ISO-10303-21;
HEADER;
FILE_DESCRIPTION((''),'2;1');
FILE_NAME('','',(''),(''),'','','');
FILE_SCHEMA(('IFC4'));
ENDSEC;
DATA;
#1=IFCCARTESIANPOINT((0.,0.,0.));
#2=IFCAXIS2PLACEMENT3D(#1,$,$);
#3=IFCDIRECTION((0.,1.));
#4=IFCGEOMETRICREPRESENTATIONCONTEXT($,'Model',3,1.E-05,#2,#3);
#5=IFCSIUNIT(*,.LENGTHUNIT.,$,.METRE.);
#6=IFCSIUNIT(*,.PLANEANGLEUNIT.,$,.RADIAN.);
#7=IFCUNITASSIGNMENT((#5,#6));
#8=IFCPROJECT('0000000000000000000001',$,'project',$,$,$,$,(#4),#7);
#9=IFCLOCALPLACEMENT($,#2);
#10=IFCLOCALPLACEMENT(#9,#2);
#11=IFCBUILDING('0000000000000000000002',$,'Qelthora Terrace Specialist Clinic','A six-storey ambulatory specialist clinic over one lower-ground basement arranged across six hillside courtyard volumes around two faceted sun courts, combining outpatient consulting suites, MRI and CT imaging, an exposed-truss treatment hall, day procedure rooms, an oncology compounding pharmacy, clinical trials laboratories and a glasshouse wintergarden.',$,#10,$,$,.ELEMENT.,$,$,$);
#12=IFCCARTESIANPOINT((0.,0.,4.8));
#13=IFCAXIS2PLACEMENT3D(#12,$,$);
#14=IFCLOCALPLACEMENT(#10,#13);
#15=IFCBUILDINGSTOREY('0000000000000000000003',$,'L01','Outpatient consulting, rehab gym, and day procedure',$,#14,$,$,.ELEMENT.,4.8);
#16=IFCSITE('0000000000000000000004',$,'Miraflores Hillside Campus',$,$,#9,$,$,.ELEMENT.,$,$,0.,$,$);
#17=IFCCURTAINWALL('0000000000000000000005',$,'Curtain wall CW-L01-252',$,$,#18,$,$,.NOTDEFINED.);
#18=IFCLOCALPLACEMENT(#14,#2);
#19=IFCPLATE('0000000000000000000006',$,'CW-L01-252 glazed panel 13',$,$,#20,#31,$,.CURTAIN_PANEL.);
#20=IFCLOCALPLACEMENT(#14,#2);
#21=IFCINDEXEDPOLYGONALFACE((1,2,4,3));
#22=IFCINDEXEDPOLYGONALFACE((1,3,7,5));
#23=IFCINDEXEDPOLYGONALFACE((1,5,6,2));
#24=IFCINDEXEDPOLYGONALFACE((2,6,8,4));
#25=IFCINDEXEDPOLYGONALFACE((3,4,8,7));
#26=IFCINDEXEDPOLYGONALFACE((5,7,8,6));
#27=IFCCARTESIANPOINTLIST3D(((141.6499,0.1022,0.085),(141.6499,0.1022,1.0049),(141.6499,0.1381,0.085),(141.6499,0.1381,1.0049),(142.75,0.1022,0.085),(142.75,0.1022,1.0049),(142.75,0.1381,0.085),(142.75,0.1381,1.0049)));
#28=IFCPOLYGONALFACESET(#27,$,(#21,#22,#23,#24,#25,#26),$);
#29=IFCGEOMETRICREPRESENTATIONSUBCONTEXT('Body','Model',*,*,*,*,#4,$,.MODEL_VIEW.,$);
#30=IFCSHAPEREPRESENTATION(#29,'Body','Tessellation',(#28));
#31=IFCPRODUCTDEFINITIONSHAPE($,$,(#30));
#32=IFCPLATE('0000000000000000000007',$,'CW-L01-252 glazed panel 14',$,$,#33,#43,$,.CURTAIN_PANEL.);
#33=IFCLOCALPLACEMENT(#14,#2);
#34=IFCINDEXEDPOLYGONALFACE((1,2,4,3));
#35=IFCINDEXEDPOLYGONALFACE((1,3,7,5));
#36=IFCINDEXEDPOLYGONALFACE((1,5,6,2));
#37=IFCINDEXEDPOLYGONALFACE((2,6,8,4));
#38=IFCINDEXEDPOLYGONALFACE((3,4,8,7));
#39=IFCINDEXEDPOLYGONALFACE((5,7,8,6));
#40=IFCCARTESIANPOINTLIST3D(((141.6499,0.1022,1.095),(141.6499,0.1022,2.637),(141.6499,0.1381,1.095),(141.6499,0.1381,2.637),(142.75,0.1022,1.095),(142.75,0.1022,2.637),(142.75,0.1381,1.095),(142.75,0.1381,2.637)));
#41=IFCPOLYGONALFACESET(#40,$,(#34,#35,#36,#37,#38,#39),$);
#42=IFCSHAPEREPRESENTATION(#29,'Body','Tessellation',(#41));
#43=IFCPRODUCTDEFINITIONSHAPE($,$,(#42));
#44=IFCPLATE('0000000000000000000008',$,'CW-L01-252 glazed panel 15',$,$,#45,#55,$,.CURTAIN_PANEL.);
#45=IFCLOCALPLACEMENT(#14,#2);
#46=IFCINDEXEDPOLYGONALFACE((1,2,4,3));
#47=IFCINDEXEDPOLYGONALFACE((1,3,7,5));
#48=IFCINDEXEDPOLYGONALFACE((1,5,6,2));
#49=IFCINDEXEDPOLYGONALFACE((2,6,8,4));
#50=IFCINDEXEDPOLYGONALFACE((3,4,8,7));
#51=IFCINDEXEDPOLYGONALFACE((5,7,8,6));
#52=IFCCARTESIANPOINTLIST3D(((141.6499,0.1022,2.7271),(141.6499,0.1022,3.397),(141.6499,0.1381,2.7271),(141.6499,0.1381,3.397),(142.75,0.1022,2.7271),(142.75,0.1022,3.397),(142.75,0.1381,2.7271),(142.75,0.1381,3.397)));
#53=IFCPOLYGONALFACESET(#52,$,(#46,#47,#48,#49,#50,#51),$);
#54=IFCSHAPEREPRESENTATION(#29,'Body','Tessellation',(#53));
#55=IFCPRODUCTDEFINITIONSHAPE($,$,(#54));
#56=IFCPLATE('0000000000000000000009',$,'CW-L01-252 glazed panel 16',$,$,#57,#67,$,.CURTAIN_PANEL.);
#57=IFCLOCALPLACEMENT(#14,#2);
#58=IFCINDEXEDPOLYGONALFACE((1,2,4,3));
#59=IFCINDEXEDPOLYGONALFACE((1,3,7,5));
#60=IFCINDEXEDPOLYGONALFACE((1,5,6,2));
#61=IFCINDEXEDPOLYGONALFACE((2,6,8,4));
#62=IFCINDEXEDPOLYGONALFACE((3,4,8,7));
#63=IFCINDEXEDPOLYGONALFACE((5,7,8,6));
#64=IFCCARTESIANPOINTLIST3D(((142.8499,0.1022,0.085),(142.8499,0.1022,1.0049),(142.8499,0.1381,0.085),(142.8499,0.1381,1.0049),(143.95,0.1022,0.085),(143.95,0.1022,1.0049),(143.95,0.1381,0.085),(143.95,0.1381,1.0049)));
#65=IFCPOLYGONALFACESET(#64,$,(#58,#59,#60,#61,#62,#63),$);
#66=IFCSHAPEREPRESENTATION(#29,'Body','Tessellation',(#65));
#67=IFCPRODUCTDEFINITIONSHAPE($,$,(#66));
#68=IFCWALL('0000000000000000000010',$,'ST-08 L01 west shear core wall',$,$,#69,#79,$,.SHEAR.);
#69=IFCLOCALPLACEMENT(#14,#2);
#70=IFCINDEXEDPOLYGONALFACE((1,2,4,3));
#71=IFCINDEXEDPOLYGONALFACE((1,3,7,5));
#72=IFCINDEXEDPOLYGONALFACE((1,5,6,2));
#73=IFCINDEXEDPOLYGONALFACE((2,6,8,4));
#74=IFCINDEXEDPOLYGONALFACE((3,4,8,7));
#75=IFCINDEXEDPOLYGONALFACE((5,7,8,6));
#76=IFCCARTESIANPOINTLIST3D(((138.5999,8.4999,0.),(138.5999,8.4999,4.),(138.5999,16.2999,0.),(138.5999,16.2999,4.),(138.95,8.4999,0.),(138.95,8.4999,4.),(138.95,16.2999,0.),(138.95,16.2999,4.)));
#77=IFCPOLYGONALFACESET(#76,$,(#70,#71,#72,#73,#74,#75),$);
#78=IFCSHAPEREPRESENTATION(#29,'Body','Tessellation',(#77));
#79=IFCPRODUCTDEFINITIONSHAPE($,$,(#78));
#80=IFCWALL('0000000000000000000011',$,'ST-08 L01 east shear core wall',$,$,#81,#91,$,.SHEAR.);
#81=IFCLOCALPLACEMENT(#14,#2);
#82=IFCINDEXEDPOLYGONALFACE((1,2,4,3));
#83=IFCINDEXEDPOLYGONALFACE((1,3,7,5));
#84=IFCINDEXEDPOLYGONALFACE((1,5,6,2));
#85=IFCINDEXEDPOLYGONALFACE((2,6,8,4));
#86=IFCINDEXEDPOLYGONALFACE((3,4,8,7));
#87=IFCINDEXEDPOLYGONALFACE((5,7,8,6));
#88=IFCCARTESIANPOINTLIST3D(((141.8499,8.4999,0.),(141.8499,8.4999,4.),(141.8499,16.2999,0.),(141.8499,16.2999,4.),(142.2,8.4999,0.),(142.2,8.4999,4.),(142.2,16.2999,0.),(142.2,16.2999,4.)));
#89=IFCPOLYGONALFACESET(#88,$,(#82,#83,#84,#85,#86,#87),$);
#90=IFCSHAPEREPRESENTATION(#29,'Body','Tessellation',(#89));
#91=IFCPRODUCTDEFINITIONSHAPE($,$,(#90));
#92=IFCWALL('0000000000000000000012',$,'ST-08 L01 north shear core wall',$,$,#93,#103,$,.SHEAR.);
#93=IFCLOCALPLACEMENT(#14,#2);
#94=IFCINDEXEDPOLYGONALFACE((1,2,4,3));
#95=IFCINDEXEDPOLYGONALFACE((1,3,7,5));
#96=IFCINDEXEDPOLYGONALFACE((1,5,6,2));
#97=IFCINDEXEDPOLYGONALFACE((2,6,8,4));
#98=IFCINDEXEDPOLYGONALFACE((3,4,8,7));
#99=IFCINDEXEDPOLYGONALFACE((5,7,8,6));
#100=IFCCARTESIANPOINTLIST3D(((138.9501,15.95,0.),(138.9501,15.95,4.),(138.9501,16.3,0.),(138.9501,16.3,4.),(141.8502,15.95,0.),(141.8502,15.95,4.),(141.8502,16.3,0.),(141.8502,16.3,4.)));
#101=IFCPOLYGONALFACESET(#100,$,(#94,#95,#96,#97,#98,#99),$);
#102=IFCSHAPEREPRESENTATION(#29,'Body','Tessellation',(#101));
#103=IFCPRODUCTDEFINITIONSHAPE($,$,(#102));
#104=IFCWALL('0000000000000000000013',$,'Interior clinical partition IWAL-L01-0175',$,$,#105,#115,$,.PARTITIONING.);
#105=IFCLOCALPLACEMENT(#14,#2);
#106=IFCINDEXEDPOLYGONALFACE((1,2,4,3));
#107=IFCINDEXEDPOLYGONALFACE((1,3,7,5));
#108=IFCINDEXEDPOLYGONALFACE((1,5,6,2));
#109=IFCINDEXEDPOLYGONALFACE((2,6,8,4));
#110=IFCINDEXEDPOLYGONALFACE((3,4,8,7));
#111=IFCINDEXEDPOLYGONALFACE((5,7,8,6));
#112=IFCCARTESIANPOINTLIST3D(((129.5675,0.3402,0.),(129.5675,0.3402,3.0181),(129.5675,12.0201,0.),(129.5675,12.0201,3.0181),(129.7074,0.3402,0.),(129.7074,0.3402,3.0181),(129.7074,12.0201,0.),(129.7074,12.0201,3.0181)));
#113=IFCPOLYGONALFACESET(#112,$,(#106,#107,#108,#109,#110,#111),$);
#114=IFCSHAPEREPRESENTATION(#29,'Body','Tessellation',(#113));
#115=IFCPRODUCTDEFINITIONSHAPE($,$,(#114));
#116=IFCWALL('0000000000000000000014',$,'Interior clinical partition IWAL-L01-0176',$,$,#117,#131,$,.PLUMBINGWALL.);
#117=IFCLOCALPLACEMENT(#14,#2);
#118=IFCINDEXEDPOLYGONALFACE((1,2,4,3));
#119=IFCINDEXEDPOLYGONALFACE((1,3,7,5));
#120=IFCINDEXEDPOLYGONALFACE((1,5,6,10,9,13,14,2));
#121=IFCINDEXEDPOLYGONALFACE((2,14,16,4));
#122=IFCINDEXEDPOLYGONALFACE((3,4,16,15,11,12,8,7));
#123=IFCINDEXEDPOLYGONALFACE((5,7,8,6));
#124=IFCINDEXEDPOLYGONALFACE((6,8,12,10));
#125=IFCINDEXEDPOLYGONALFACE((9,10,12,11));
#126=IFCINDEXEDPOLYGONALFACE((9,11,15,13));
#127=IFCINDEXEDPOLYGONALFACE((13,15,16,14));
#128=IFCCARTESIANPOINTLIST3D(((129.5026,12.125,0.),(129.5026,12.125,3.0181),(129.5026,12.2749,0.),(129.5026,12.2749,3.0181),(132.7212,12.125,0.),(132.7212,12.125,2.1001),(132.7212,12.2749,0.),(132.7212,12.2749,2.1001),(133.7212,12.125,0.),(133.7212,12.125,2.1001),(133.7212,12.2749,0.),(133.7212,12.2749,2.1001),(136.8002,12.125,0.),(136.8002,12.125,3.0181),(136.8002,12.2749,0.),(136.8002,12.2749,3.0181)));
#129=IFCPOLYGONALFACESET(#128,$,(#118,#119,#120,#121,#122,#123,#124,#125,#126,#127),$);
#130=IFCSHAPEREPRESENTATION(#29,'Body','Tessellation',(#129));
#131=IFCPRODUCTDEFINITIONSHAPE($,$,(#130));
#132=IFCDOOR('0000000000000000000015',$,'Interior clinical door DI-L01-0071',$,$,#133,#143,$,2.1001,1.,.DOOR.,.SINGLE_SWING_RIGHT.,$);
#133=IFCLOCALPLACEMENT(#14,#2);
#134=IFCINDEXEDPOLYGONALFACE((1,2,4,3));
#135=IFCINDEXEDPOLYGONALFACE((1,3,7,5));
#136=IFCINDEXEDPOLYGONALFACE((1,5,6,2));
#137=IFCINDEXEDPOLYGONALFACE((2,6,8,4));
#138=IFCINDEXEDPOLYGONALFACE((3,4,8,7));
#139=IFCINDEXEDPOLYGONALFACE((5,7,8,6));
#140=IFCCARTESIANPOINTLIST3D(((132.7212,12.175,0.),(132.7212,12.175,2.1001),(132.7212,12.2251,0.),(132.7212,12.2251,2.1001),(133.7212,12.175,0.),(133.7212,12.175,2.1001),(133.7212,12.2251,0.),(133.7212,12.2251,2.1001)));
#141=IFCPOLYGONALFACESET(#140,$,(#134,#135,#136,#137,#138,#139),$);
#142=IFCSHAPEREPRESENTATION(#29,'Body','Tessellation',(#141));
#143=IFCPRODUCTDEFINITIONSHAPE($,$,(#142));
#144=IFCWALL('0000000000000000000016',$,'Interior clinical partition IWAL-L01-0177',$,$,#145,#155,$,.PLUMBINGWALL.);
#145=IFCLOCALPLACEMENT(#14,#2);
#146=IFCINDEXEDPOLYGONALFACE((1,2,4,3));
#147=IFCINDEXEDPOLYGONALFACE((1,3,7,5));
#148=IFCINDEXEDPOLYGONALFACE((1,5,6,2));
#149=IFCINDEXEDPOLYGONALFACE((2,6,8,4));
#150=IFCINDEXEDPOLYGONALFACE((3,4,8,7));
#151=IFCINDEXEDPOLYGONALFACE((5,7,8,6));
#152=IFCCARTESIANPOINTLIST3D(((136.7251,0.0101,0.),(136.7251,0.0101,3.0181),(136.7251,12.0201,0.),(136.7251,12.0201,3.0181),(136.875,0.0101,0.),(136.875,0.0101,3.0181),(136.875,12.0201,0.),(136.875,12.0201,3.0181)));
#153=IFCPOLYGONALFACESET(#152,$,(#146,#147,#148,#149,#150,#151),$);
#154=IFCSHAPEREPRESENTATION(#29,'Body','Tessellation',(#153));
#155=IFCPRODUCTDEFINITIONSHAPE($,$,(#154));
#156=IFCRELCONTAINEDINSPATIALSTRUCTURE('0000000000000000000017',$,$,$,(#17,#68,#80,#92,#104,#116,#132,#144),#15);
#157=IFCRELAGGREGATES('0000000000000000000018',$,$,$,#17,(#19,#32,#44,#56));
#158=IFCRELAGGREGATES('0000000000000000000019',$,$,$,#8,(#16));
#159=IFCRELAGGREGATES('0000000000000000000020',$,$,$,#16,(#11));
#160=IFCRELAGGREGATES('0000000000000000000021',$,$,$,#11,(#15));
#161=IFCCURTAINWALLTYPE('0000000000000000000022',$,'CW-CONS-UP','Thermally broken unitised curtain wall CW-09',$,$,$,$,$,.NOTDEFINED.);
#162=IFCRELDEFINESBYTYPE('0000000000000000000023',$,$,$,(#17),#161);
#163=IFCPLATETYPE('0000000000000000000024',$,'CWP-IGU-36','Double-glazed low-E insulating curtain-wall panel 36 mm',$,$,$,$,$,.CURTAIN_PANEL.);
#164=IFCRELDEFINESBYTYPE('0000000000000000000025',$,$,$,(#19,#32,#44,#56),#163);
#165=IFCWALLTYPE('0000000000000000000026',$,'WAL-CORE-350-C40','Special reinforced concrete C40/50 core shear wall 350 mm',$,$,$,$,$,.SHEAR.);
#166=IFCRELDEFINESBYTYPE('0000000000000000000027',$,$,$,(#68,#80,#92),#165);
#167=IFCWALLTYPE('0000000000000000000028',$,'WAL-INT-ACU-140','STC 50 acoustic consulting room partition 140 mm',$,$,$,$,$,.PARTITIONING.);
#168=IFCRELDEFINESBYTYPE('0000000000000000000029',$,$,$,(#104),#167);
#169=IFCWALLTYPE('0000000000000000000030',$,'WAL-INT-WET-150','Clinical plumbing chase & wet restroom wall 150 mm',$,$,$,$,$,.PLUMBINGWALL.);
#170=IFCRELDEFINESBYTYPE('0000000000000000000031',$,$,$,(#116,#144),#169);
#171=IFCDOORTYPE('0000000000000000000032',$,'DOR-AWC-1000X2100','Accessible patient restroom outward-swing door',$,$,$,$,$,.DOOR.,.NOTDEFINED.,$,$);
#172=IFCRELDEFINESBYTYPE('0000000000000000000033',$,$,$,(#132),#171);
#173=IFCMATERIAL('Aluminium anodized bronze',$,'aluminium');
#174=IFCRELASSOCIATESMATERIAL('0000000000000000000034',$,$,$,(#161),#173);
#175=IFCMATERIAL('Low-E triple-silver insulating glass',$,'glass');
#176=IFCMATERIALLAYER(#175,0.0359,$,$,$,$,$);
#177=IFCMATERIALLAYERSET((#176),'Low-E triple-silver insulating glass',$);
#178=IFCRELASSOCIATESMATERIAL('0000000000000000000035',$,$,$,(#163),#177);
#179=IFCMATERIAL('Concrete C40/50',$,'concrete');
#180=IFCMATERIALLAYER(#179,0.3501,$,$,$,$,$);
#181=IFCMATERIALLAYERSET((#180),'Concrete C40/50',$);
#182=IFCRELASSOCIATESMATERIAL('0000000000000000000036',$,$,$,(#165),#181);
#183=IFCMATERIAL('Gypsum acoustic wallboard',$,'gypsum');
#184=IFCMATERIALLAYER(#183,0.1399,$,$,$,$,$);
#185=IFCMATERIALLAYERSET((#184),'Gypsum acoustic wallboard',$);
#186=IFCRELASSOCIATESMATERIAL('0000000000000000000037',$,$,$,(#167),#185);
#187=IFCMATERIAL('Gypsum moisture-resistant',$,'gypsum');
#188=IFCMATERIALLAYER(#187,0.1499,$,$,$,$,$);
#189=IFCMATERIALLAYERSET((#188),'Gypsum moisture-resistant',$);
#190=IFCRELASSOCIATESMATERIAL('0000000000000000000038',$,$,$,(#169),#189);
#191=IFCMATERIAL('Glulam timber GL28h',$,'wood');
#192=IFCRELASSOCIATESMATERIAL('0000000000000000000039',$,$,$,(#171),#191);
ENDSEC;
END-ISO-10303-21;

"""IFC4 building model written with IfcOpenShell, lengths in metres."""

from ifc_helpers import new_model, si_unit, direction, frame, frame_2d, origin, origin_2d, place, context, subcontext, project, spatial, rectangle, extrude, material, layer, layer_set, type_object, element, fill, aggregate, save


model = new_model("IFC4")

# Units and contexts
model_context = context("Model", 3, precision=1e-05, world=origin(), true_north=direction((0.0, 1.0)))
body_context = subcontext(model_context, "Body", "Model", "MODEL_VIEW")
ifc_project = project(units=[si_unit("LENGTHUNIT", "METRE"), si_unit("PLANEANGLEUNIT", "RADIAN")], contexts=[model_context])

# Site, building, storey
site_placement = place(None, origin())
site = spatial("IfcSite", under=ifc_project, at=site_placement, Name="Miraflores Hillside Campus", CompositionType="ELEMENT", RefElevation=0.0)
building_placement = place(site_placement, origin())
building = spatial("IfcBuilding", under=site, at=building_placement, Name="Qelthora Terrace Specialist Clinic", Description="A six-storey ambulatory specialist clinic over one lower-ground basement arranged across six hillside courtyard volumes around two faceted sun courts, combining outpatient consulting suites, MRI and CT imaging, an exposed-truss treatment hall, day procedure rooms, an oncology compounding pharmacy, clinical trials laboratories and a glasshouse wintergarden.", CompositionType="ELEMENT")
storey_placement = place(building_placement, frame((0.0, 0.0, 4.8)))
storey = spatial("IfcBuildingStorey", under=building, at=storey_placement, Name="L01", Description="Outpatient consulting, rehab gym, and day procedure", CompositionType="ELEMENT", Elevation=4.8)

# Curtain wall
ifc_material_1 = material(Name="Aluminium anodized bronze", Category="aluminium")
curtain_wall_type = type_object("IfcCurtainWallType", Name="CW-CONS-UP", Description="Thermally broken unitised curtain wall CW-09", PredefinedType="NOTDEFINED", material=ifc_material_1)
curtain_wall_1_placement = place(storey_placement, origin())
curtain_wall_1 = element("IfcCurtainWall", 1, at=curtain_wall_1_placement, inside=storey, type_object=curtain_wall_type, Name="Curtain wall CW-L01-252", PredefinedType="NOTDEFINED")

# Shared definitions
ifc_material_2 = material(Name="Low-E triple-silver insulating glass", Category="glass")
ifc_layer_1 = layer(ifc_material_2, 0.0359)
ifc_layer_set_1 = layer_set([ifc_layer_1], Name="Low-E triple-silver insulating glass")
plate_type = type_object("IfcPlateType", Name="CWP-IGU-36", Description="Double-glazed low-E insulating curtain-wall panel 36 mm", PredefinedType="CURTAIN_PANEL", material=ifc_layer_set_1)

# Plates
plate_1_placement = place(storey_placement, frame((142.2, 0.1201, 0.085), z_axis=(0.0, 0.0, 1.0), x_axis=(1.0, 0.0, 0.0)))
plate_1 = element("IfcPlate", 2, at=plate_1_placement, type_object=plate_type, Name="CW-L01-252 glazed panel 13", PredefinedType="CURTAIN_PANEL", context=body_context, shape_type="SweptSolid", body=[
    extrude(rectangle(XDim=1.1001, YDim=0.0359, at=origin_2d()), origin(), (0.0, 0.0, 1.0), 0.9199),
])
plate_2_placement = place(storey_placement, frame((142.2, 0.1201, 1.095), z_axis=(0.0, 0.0, 1.0), x_axis=(1.0, 0.0, 0.0)))
plate_2 = element("IfcPlate", 3, at=plate_2_placement, type_object=plate_type, Name="CW-L01-252 glazed panel 14", PredefinedType="CURTAIN_PANEL", context=body_context, shape_type="SweptSolid", body=[
    extrude(rectangle(XDim=1.1001, YDim=0.0359, at=origin_2d()), origin(), (0.0, 0.0, 1.0), 1.542),
])
plate_3_placement = place(storey_placement, frame((142.2, 0.1201, 2.7271), z_axis=(0.0, 0.0, 1.0), x_axis=(1.0, 0.0, 0.0)))
plate_3 = element("IfcPlate", 4, at=plate_3_placement, type_object=plate_type, Name="CW-L01-252 glazed panel 15", PredefinedType="CURTAIN_PANEL", context=body_context, shape_type="SweptSolid", body=[
    extrude(rectangle(XDim=1.1001, YDim=0.0359, at=origin_2d()), origin(), (0.0, 0.0, 1.0), 0.6699),
])
plate_4_placement = place(storey_placement, frame((143.3999, 0.1201, 0.085), z_axis=(0.0, 0.0, 1.0), x_axis=(1.0, 0.0, 0.0)))
plate_4 = element("IfcPlate", 5, at=plate_4_placement, type_object=plate_type, Name="CW-L01-252 glazed panel 16", PredefinedType="CURTAIN_PANEL", context=body_context, shape_type="SweptSolid", body=[
    extrude(rectangle(XDim=1.1001, YDim=0.0359, at=origin_2d()), origin(), (0.0, 0.0, 1.0), 0.9199),
])
aggregate(curtain_wall_1, [plate_1, plate_2, plate_3, plate_4])

# Walls
ifc_material_3 = material(Name="Concrete C40/50", Category="concrete")
ifc_layer_2 = layer(ifc_material_3, 0.3501)
ifc_layer_set_2 = layer_set([ifc_layer_2], Name="Concrete C40/50")
wall_type_1 = type_object("IfcWallType", Name="WAL-CORE-350-C40", Description="Special reinforced concrete C40/50 core shear wall 350 mm", PredefinedType="SHEAR", material=ifc_layer_set_2)
for number, where, z_axis, x_axis, name in (
    (6, (138.7749, 8.5, 0.0), (0.0, 0.0, 1.0), (0.0, 1.0, 0.0), "ST-08 L01 west shear core wall"),
    (7, (142.0249, 8.5, 0.0), (0.0, 0.0, 1.0), (0.0, 1.0, 0.0), "ST-08 L01 east shear core wall"),
):
    element("IfcWall", number, at=place(storey_placement, frame(where, z_axis=z_axis, x_axis=x_axis)), inside=storey, type_object=wall_type_1, Name=name, PredefinedType="SHEAR", context=body_context, shape_type="SweptSolid", body=[
        extrude(rectangle(XDim=7.8, YDim=0.3501, at=frame_2d((3.8999, 0.0))), origin(), (0.0, 0.0, 1.0), 4.0),
    ])
wall_1_placement = place(storey_placement, frame((138.95, 16.125, 0.0), z_axis=(0.0, 0.0, 1.0), x_axis=(1.0, 0.0, 0.0)))
element("IfcWall", 8, at=wall_1_placement, inside=storey, type_object=wall_type_1, Name="ST-08 L01 north shear core wall", PredefinedType="SHEAR", context=body_context, shape_type="SweptSolid", body=[
    extrude(rectangle(XDim=2.9001, YDim=0.3501, at=frame_2d((1.4502, 0.0))), origin(), (0.0, 0.0, 1.0), 4.0),
])

# Wall
ifc_material_4 = material(Name="Gypsum acoustic wallboard", Category="gypsum")
ifc_layer_3 = layer(ifc_material_4, 0.1399)
ifc_layer_set_3 = layer_set([ifc_layer_3], Name="Gypsum acoustic wallboard")
wall_type_2 = type_object("IfcWallType", Name="WAL-INT-ACU-140", Description="STC 50 acoustic consulting room partition 140 mm", PredefinedType="PARTITIONING", material=ifc_layer_set_3)
wall_2_placement = place(storey_placement, frame((129.6375, 12.02, 0.0), z_axis=(0.0, 0.0, 1.0), x_axis=(0.0, -1.0, 0.0)))
element("IfcWall", 9, at=wall_2_placement, inside=storey, type_object=wall_type_2, Name="Interior clinical partition IWAL-L01-0175", PredefinedType="PARTITIONING", context=body_context, shape_type="SweptSolid", body=[
    extrude(rectangle(XDim=11.6799, YDim=0.1399, at=frame_2d((5.8398, 0.0))), origin(), (0.0, 0.0, 1.0), 3.0181),
])

# Wall, opening, door
ifc_material_5 = material(Name="Gypsum moisture-resistant", Category="gypsum")
ifc_layer_4 = layer(ifc_material_5, 0.1499)
ifc_layer_set_4 = layer_set([ifc_layer_4], Name="Gypsum moisture-resistant")
wall_type_3 = type_object("IfcWallType", Name="WAL-INT-WET-150", Description="Clinical plumbing chase & wet restroom wall 150 mm", PredefinedType="PLUMBINGWALL", material=ifc_layer_set_4)
wall_3_placement = place(storey_placement, frame((129.5024, 12.2, 0.0), z_axis=(0.0, 0.0, 1.0), x_axis=(1.0, 0.0, 0.0)))
wall_3 = element("IfcWall", 10, at=wall_3_placement, inside=storey, type_object=wall_type_3, Name="Interior clinical partition IWAL-L01-0176", PredefinedType="PLUMBINGWALL", context=body_context, shape_type="SweptSolid", body=[
    extrude(rectangle(XDim=7.2976, YDim=0.1499, at=frame_2d((3.6489, 0.0))), origin(), (0.0, 0.0, 1.0), 3.0181),
])
opening_1_placement = place(wall_3_placement, frame((3.2188, 0.0, 0.0)))
opening_1 = element("IfcOpeningElement", 11, at=opening_1_placement, cuts=wall_3, PredefinedType="OPENING", context=body_context, shape_type="SweptSolid", body=[
    extrude(rectangle(XDim=1.0, YDim=2.1001, at=frame_2d((0.5, 1.05))), frame((0.0, 0.085, 0.0), z_axis=(0.0, -1.0, 0.0), x_axis=(1.0, 0.0, 0.0)), (0.0, 0.0, 1.0), 0.1699),
])
ifc_material_6 = material(Name="Glulam timber GL28h", Category="wood")
door_type_1 = type_object("IfcDoorType", Name="DOR-AWC-1000X2100", Description="Accessible patient restroom outward-swing door", OperationType="NOTDEFINED", PredefinedType="DOOR", material=ifc_material_6)
door_1_placement = place(opening_1_placement, frame((1.0, 0.0, 0.0), z_axis=(0.0, 0.0, 1.0), x_axis=(-1.0, 0.0, 0.0)))
door_1 = element("IfcDoor", 12, at=door_1_placement, inside=storey, type_object=door_type_1, Name="Interior clinical door DI-L01-0071", OperationType="SINGLE_SWING_RIGHT", OverallHeight=2.1001, OverallWidth=1.0, PredefinedType="DOOR", context=body_context, shape_type="SweptSolid", body=[
    extrude(rectangle(XDim=1.0, YDim=2.1001, at=frame_2d((0.5, 1.05))), frame((0.0, 0.0249, 0.0), z_axis=(0.0, -1.0, 0.0), x_axis=(1.0, 0.0, 0.0)), (0.0, 0.0, 1.0), 0.05),
])
fill(opening_1, door_1)

# Wall
wall_4_placement = place(storey_placement, frame((136.8, 12.02, 0.0), z_axis=(0.0, 0.0, 1.0), x_axis=(0.0, -1.0, 0.0)))
element("IfcWall", 13, at=wall_4_placement, inside=storey, type_object=wall_type_3, Name="Interior clinical partition IWAL-L01-0177", PredefinedType="PLUMBINGWALL", context=body_context, shape_type="SweptSolid", body=[
    extrude(rectangle(XDim=12.01, YDim=0.1499, at=frame_2d((6.0049, 0.0))), origin(), (0.0, 0.0, 1.0), 3.0181),
])

save(model, "model.ifc")
